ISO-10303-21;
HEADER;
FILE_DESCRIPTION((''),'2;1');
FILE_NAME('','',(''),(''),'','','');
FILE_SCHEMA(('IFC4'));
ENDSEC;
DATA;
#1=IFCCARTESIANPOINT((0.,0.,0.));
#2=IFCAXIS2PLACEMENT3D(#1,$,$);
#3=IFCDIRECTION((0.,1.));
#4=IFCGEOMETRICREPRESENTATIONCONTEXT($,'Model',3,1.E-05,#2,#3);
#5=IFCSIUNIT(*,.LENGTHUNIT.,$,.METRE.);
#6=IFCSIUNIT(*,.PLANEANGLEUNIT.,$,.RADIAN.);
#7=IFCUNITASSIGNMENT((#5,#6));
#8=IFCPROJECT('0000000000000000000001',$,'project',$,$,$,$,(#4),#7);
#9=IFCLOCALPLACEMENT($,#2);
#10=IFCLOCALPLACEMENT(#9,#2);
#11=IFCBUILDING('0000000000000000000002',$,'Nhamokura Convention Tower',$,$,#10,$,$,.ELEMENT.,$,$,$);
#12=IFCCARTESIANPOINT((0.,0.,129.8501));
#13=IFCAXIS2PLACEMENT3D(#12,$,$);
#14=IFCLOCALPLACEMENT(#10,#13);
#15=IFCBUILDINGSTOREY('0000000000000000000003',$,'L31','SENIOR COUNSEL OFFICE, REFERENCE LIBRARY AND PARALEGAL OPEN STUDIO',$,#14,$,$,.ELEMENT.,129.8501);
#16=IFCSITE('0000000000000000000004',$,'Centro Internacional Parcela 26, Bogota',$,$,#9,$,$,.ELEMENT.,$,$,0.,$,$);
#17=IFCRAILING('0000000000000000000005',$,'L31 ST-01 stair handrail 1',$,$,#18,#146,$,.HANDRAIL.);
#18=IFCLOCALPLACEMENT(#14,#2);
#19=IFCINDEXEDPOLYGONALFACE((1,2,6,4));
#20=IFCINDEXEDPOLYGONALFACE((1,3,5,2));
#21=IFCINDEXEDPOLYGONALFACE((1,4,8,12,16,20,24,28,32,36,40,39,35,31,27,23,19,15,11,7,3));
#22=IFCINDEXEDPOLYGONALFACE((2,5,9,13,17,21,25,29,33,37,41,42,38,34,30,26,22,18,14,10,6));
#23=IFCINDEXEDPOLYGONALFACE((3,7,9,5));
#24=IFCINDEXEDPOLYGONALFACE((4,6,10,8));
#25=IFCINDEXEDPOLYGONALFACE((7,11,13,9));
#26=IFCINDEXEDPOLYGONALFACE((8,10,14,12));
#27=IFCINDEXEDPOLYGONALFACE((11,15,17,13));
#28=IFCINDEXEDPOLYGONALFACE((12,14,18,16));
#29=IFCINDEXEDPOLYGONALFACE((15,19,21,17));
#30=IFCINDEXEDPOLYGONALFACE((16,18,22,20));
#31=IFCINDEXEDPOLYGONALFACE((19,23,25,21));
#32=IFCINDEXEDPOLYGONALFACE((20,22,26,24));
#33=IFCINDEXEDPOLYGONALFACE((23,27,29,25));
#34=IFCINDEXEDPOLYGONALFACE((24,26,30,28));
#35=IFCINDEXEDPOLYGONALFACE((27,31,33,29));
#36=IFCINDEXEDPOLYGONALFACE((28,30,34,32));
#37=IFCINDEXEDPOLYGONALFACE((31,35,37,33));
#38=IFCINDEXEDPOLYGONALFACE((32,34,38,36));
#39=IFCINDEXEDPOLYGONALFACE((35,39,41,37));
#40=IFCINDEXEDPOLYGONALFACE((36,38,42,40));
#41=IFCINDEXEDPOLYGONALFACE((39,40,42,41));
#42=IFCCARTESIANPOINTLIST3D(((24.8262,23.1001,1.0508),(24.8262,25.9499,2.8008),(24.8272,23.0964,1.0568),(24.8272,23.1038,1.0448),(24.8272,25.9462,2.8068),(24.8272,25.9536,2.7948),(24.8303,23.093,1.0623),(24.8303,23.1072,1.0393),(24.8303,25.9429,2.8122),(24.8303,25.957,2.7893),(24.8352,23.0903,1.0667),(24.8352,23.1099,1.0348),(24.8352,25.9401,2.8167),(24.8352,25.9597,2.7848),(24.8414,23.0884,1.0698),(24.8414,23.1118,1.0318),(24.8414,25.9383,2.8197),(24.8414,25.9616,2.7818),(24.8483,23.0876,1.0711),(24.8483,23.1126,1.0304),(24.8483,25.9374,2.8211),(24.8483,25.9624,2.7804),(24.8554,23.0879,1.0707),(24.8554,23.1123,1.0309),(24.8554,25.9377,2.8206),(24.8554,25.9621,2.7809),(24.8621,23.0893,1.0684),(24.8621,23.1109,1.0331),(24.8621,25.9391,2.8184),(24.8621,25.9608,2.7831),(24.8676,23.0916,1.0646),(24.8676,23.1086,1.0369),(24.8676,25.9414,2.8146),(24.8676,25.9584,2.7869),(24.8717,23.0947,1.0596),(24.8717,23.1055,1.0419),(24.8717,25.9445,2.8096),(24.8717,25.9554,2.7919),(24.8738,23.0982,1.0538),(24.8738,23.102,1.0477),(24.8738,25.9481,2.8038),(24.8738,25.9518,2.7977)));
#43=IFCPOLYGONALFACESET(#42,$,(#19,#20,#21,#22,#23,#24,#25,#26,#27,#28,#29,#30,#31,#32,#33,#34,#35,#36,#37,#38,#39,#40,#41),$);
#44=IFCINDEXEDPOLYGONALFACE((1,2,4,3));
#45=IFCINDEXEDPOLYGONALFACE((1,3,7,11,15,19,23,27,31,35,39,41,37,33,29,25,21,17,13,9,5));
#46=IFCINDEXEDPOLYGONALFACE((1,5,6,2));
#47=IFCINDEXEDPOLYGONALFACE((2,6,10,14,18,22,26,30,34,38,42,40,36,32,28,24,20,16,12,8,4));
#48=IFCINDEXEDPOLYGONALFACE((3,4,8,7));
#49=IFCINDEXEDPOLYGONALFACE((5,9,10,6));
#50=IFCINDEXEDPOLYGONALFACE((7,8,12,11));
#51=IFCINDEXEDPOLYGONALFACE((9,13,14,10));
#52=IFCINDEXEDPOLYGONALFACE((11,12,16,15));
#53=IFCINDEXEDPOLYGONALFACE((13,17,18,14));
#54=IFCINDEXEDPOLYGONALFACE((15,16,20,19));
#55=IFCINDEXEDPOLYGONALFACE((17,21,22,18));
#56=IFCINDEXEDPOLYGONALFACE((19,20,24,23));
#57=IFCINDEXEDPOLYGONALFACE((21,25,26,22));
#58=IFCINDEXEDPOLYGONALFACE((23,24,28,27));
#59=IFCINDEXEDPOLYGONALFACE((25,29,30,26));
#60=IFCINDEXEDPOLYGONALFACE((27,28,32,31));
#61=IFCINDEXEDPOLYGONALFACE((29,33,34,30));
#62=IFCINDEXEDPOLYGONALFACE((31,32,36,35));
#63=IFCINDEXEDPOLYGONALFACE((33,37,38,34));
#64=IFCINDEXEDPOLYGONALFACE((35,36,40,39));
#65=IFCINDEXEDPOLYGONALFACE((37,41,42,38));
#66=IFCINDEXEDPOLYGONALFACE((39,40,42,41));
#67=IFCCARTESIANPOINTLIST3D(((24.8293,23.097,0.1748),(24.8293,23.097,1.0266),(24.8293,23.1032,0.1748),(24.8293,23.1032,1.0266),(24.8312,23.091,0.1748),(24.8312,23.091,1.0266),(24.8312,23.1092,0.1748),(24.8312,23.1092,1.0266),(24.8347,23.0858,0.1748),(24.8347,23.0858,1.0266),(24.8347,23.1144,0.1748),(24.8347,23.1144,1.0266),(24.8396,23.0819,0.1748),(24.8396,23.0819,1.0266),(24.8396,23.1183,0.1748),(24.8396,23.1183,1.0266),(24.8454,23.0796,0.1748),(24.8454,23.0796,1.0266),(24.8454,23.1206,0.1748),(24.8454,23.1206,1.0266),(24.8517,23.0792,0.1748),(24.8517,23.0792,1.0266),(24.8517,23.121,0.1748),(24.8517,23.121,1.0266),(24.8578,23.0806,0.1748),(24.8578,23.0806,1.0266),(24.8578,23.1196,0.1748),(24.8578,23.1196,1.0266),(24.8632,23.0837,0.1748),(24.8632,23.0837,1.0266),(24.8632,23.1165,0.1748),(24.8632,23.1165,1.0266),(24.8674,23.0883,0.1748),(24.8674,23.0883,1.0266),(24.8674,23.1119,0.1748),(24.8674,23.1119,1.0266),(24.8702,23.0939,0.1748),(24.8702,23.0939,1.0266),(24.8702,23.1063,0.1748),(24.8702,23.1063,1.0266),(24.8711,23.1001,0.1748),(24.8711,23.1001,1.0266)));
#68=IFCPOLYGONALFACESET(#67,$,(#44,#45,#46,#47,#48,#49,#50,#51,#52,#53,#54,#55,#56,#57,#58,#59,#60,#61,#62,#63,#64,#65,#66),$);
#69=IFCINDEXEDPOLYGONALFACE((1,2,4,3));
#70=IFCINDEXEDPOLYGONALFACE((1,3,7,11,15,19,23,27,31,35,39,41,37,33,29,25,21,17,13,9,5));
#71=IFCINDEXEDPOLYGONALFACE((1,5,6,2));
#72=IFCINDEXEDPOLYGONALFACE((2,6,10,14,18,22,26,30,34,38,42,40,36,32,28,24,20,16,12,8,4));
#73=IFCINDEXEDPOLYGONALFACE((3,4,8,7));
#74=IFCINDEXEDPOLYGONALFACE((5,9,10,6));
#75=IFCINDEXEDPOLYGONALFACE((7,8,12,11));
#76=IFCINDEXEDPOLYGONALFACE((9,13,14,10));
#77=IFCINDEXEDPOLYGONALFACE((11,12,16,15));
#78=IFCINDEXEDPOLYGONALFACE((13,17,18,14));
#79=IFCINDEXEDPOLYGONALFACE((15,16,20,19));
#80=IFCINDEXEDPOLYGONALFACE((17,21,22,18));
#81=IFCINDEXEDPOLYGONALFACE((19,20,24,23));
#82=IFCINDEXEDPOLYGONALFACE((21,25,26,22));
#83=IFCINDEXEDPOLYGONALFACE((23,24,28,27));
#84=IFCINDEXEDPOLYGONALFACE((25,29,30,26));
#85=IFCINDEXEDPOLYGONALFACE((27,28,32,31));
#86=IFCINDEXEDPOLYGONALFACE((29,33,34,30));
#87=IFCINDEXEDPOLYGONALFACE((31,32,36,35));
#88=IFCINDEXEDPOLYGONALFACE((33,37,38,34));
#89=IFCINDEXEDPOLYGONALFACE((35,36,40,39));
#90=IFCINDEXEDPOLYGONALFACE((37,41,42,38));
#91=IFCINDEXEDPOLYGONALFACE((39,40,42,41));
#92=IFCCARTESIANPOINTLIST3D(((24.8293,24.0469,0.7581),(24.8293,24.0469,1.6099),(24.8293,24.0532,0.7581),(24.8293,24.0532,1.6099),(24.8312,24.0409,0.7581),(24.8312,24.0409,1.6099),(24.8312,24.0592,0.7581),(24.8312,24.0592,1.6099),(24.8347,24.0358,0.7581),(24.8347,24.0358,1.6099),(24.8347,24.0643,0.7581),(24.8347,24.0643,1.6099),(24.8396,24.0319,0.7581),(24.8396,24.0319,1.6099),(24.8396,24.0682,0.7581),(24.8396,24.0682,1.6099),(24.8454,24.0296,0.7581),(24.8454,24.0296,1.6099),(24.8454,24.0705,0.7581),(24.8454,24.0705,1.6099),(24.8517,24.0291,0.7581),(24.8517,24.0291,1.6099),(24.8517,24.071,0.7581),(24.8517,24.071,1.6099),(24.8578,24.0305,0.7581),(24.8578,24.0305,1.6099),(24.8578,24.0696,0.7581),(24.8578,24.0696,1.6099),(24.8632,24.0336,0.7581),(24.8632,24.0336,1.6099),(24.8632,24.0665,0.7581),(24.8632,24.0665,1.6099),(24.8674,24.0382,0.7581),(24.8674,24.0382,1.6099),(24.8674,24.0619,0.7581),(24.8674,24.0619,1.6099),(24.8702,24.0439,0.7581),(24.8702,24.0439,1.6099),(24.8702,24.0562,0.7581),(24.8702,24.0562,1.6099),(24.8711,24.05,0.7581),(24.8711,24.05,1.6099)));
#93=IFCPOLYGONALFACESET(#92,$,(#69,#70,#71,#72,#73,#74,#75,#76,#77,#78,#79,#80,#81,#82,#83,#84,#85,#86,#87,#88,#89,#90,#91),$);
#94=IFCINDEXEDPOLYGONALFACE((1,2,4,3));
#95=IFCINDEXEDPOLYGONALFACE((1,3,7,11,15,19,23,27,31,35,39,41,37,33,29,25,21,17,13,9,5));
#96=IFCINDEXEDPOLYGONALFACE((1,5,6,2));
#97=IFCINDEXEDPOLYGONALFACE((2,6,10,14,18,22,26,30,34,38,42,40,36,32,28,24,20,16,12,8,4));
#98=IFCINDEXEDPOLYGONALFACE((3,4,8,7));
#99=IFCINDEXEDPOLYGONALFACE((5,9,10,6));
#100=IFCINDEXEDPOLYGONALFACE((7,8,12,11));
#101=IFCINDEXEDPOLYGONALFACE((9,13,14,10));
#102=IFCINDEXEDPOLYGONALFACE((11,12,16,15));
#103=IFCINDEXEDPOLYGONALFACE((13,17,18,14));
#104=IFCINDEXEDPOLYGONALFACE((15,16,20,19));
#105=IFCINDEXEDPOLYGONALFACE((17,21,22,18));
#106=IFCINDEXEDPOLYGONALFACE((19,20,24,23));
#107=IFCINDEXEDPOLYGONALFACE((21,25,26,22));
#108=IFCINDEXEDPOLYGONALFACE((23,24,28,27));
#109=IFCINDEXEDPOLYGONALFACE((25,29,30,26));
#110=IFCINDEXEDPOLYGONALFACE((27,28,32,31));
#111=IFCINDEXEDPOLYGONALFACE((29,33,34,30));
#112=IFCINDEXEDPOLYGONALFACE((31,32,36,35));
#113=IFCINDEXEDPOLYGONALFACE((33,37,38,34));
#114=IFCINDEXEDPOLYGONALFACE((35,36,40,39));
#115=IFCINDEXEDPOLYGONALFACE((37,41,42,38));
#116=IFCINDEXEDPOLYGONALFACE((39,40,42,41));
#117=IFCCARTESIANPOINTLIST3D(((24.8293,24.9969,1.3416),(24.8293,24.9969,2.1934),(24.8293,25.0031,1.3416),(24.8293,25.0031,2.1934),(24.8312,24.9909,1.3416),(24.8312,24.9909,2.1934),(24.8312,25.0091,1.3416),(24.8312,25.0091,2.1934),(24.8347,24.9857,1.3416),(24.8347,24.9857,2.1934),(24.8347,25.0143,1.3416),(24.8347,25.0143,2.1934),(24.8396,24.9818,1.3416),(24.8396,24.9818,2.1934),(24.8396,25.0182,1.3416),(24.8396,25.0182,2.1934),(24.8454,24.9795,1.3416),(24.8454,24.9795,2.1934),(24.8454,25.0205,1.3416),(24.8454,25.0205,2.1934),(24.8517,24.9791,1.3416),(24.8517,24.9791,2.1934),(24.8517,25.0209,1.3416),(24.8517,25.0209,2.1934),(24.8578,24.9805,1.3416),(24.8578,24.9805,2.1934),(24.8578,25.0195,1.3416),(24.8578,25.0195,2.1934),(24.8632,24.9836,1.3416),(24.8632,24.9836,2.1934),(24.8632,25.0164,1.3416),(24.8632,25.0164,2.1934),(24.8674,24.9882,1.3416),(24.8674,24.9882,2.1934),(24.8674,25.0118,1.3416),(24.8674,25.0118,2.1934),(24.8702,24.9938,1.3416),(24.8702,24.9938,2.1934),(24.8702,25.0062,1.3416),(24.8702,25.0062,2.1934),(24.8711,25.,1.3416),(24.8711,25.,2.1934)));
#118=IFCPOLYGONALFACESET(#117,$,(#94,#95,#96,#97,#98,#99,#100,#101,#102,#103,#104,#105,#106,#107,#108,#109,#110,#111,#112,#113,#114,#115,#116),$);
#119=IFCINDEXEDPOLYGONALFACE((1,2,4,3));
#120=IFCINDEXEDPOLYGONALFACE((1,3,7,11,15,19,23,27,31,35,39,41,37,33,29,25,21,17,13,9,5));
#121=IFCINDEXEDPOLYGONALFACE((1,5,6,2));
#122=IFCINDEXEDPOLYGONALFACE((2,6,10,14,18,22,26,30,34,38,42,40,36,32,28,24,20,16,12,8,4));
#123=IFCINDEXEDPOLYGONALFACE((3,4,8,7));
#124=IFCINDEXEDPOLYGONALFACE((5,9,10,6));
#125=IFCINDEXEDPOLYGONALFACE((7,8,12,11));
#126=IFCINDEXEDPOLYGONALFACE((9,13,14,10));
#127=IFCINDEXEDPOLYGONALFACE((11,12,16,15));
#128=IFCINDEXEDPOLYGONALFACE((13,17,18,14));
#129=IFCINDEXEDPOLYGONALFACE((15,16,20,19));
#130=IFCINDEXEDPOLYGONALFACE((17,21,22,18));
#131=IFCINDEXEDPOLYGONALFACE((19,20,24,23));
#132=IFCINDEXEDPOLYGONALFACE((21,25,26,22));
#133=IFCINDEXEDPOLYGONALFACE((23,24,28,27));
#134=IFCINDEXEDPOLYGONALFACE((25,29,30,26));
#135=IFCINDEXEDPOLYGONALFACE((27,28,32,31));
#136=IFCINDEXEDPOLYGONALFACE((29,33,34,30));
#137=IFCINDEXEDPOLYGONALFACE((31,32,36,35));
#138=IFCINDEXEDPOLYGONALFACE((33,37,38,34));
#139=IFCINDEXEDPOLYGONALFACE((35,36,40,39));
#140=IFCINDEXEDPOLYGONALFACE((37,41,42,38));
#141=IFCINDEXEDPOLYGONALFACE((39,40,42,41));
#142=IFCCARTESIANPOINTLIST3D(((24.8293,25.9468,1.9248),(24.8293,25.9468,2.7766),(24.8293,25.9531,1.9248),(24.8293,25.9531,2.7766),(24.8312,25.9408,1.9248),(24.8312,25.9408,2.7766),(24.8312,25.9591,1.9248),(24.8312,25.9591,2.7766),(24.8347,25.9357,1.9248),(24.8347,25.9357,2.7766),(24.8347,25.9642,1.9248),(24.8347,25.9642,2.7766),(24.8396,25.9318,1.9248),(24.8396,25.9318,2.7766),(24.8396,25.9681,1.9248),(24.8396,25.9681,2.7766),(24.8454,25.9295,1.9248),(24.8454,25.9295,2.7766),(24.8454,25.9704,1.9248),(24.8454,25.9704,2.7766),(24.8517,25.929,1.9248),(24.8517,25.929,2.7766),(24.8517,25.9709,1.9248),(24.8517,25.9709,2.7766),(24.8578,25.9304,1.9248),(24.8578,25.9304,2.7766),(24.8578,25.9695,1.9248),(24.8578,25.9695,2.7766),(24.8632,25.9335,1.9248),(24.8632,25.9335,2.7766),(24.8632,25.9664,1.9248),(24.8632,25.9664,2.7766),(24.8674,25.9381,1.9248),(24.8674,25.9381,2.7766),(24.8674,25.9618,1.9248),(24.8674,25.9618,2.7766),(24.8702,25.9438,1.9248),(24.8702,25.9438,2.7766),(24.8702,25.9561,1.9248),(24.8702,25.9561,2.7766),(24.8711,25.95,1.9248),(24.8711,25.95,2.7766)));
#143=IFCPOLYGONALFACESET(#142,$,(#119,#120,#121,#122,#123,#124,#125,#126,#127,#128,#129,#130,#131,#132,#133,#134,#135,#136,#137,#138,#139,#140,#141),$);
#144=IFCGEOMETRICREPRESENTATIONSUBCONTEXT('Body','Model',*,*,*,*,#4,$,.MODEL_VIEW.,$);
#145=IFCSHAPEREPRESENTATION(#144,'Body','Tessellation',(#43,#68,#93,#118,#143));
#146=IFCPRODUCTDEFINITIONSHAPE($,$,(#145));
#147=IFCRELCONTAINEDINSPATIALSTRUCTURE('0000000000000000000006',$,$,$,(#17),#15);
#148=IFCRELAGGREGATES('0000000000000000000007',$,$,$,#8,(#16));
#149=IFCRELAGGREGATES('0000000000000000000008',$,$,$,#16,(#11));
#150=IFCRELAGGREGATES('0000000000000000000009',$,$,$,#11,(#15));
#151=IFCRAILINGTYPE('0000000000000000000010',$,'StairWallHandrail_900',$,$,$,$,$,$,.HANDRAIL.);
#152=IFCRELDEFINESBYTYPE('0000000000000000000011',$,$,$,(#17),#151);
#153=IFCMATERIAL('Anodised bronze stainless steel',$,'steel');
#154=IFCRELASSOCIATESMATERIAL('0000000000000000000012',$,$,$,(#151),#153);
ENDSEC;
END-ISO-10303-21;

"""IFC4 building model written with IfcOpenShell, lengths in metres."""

from ifc_helpers import new_model, si_unit, direction, frame, origin, origin_2d, place, context, subcontext, project, spatial, circle, extrude, material, type_object, element, save


model = new_model("IFC4")

# Units and contexts
model_context = context("Model", 3, precision=1e-05, world=origin(), true_north=direction((0.0, 1.0)))
body_context = subcontext(model_context, "Body", "Model", "MODEL_VIEW")
ifc_project = project(units=[si_unit("LENGTHUNIT", "METRE"), si_unit("PLANEANGLEUNIT", "RADIAN")], contexts=[model_context])

# Site, building, storey
site_placement = place(None, origin())
site = spatial("IfcSite", under=ifc_project, at=site_placement, Name="Centro Internacional Parcela 26, Bogota", CompositionType="ELEMENT", RefElevation=0.0)
building_placement = place(site_placement, origin())
building = spatial("IfcBuilding", under=site, at=building_placement, Name="Nhamokura Convention Tower", CompositionType="ELEMENT")
storey_placement = place(building_placement, frame((0.0, 0.0, 129.8501)))
storey = spatial("IfcBuildingStorey", under=building, at=storey_placement, Name="L31", Description="SENIOR COUNSEL OFFICE, REFERENCE LIBRARY AND PARALEGAL OPEN STUDIO", CompositionType="ELEMENT", Elevation=129.8501)

# Railing
ifc_material_1 = material(Name="Anodised bronze stainless steel", Category="steel")
railing_type_1 = type_object("IfcRailingType", Name="StairWallHandrail_900", PredefinedType="HANDRAIL", material=ifc_material_1)
railing_1_placement = place(storey_placement, frame((24.8501, 23.1001, 0.1748)))
element("IfcRailing", 1, at=railing_1_placement, inside=storey, type_object=railing_type_1, Name="L31 ST-01 stair handrail 1", PredefinedType="HANDRAIL", context=body_context, shape_type="SweptSolid", body=[
    extrude(circle(Radius=0.0239, at=origin_2d()), frame((0.0, 0.0, 0.876), z_axis=(0.0, 0.852159, 0.523283), x_axis=(-1.0, 0.0, 0.0)), (0.0, 0.0, 1.0), 3.3442),
    extrude(circle(Radius=0.021, at=origin_2d()), origin(), (0.0, 0.0, 1.0), 0.8518),
    extrude(circle(Radius=0.021, at=origin_2d()), frame((0.0, 0.95, 0.5833)), (0.0, 0.0, 1.0), 0.8518),
    extrude(circle(Radius=0.021, at=origin_2d()), frame((0.0, 1.8999, 1.1667)), (0.0, 0.0, 1.0), 0.8518),
    extrude(circle(Radius=0.021, at=origin_2d()), frame((0.0, 2.8499, 1.75)), (0.0, 0.0, 1.0), 0.8518),
])

save(model, "model.ifc")
